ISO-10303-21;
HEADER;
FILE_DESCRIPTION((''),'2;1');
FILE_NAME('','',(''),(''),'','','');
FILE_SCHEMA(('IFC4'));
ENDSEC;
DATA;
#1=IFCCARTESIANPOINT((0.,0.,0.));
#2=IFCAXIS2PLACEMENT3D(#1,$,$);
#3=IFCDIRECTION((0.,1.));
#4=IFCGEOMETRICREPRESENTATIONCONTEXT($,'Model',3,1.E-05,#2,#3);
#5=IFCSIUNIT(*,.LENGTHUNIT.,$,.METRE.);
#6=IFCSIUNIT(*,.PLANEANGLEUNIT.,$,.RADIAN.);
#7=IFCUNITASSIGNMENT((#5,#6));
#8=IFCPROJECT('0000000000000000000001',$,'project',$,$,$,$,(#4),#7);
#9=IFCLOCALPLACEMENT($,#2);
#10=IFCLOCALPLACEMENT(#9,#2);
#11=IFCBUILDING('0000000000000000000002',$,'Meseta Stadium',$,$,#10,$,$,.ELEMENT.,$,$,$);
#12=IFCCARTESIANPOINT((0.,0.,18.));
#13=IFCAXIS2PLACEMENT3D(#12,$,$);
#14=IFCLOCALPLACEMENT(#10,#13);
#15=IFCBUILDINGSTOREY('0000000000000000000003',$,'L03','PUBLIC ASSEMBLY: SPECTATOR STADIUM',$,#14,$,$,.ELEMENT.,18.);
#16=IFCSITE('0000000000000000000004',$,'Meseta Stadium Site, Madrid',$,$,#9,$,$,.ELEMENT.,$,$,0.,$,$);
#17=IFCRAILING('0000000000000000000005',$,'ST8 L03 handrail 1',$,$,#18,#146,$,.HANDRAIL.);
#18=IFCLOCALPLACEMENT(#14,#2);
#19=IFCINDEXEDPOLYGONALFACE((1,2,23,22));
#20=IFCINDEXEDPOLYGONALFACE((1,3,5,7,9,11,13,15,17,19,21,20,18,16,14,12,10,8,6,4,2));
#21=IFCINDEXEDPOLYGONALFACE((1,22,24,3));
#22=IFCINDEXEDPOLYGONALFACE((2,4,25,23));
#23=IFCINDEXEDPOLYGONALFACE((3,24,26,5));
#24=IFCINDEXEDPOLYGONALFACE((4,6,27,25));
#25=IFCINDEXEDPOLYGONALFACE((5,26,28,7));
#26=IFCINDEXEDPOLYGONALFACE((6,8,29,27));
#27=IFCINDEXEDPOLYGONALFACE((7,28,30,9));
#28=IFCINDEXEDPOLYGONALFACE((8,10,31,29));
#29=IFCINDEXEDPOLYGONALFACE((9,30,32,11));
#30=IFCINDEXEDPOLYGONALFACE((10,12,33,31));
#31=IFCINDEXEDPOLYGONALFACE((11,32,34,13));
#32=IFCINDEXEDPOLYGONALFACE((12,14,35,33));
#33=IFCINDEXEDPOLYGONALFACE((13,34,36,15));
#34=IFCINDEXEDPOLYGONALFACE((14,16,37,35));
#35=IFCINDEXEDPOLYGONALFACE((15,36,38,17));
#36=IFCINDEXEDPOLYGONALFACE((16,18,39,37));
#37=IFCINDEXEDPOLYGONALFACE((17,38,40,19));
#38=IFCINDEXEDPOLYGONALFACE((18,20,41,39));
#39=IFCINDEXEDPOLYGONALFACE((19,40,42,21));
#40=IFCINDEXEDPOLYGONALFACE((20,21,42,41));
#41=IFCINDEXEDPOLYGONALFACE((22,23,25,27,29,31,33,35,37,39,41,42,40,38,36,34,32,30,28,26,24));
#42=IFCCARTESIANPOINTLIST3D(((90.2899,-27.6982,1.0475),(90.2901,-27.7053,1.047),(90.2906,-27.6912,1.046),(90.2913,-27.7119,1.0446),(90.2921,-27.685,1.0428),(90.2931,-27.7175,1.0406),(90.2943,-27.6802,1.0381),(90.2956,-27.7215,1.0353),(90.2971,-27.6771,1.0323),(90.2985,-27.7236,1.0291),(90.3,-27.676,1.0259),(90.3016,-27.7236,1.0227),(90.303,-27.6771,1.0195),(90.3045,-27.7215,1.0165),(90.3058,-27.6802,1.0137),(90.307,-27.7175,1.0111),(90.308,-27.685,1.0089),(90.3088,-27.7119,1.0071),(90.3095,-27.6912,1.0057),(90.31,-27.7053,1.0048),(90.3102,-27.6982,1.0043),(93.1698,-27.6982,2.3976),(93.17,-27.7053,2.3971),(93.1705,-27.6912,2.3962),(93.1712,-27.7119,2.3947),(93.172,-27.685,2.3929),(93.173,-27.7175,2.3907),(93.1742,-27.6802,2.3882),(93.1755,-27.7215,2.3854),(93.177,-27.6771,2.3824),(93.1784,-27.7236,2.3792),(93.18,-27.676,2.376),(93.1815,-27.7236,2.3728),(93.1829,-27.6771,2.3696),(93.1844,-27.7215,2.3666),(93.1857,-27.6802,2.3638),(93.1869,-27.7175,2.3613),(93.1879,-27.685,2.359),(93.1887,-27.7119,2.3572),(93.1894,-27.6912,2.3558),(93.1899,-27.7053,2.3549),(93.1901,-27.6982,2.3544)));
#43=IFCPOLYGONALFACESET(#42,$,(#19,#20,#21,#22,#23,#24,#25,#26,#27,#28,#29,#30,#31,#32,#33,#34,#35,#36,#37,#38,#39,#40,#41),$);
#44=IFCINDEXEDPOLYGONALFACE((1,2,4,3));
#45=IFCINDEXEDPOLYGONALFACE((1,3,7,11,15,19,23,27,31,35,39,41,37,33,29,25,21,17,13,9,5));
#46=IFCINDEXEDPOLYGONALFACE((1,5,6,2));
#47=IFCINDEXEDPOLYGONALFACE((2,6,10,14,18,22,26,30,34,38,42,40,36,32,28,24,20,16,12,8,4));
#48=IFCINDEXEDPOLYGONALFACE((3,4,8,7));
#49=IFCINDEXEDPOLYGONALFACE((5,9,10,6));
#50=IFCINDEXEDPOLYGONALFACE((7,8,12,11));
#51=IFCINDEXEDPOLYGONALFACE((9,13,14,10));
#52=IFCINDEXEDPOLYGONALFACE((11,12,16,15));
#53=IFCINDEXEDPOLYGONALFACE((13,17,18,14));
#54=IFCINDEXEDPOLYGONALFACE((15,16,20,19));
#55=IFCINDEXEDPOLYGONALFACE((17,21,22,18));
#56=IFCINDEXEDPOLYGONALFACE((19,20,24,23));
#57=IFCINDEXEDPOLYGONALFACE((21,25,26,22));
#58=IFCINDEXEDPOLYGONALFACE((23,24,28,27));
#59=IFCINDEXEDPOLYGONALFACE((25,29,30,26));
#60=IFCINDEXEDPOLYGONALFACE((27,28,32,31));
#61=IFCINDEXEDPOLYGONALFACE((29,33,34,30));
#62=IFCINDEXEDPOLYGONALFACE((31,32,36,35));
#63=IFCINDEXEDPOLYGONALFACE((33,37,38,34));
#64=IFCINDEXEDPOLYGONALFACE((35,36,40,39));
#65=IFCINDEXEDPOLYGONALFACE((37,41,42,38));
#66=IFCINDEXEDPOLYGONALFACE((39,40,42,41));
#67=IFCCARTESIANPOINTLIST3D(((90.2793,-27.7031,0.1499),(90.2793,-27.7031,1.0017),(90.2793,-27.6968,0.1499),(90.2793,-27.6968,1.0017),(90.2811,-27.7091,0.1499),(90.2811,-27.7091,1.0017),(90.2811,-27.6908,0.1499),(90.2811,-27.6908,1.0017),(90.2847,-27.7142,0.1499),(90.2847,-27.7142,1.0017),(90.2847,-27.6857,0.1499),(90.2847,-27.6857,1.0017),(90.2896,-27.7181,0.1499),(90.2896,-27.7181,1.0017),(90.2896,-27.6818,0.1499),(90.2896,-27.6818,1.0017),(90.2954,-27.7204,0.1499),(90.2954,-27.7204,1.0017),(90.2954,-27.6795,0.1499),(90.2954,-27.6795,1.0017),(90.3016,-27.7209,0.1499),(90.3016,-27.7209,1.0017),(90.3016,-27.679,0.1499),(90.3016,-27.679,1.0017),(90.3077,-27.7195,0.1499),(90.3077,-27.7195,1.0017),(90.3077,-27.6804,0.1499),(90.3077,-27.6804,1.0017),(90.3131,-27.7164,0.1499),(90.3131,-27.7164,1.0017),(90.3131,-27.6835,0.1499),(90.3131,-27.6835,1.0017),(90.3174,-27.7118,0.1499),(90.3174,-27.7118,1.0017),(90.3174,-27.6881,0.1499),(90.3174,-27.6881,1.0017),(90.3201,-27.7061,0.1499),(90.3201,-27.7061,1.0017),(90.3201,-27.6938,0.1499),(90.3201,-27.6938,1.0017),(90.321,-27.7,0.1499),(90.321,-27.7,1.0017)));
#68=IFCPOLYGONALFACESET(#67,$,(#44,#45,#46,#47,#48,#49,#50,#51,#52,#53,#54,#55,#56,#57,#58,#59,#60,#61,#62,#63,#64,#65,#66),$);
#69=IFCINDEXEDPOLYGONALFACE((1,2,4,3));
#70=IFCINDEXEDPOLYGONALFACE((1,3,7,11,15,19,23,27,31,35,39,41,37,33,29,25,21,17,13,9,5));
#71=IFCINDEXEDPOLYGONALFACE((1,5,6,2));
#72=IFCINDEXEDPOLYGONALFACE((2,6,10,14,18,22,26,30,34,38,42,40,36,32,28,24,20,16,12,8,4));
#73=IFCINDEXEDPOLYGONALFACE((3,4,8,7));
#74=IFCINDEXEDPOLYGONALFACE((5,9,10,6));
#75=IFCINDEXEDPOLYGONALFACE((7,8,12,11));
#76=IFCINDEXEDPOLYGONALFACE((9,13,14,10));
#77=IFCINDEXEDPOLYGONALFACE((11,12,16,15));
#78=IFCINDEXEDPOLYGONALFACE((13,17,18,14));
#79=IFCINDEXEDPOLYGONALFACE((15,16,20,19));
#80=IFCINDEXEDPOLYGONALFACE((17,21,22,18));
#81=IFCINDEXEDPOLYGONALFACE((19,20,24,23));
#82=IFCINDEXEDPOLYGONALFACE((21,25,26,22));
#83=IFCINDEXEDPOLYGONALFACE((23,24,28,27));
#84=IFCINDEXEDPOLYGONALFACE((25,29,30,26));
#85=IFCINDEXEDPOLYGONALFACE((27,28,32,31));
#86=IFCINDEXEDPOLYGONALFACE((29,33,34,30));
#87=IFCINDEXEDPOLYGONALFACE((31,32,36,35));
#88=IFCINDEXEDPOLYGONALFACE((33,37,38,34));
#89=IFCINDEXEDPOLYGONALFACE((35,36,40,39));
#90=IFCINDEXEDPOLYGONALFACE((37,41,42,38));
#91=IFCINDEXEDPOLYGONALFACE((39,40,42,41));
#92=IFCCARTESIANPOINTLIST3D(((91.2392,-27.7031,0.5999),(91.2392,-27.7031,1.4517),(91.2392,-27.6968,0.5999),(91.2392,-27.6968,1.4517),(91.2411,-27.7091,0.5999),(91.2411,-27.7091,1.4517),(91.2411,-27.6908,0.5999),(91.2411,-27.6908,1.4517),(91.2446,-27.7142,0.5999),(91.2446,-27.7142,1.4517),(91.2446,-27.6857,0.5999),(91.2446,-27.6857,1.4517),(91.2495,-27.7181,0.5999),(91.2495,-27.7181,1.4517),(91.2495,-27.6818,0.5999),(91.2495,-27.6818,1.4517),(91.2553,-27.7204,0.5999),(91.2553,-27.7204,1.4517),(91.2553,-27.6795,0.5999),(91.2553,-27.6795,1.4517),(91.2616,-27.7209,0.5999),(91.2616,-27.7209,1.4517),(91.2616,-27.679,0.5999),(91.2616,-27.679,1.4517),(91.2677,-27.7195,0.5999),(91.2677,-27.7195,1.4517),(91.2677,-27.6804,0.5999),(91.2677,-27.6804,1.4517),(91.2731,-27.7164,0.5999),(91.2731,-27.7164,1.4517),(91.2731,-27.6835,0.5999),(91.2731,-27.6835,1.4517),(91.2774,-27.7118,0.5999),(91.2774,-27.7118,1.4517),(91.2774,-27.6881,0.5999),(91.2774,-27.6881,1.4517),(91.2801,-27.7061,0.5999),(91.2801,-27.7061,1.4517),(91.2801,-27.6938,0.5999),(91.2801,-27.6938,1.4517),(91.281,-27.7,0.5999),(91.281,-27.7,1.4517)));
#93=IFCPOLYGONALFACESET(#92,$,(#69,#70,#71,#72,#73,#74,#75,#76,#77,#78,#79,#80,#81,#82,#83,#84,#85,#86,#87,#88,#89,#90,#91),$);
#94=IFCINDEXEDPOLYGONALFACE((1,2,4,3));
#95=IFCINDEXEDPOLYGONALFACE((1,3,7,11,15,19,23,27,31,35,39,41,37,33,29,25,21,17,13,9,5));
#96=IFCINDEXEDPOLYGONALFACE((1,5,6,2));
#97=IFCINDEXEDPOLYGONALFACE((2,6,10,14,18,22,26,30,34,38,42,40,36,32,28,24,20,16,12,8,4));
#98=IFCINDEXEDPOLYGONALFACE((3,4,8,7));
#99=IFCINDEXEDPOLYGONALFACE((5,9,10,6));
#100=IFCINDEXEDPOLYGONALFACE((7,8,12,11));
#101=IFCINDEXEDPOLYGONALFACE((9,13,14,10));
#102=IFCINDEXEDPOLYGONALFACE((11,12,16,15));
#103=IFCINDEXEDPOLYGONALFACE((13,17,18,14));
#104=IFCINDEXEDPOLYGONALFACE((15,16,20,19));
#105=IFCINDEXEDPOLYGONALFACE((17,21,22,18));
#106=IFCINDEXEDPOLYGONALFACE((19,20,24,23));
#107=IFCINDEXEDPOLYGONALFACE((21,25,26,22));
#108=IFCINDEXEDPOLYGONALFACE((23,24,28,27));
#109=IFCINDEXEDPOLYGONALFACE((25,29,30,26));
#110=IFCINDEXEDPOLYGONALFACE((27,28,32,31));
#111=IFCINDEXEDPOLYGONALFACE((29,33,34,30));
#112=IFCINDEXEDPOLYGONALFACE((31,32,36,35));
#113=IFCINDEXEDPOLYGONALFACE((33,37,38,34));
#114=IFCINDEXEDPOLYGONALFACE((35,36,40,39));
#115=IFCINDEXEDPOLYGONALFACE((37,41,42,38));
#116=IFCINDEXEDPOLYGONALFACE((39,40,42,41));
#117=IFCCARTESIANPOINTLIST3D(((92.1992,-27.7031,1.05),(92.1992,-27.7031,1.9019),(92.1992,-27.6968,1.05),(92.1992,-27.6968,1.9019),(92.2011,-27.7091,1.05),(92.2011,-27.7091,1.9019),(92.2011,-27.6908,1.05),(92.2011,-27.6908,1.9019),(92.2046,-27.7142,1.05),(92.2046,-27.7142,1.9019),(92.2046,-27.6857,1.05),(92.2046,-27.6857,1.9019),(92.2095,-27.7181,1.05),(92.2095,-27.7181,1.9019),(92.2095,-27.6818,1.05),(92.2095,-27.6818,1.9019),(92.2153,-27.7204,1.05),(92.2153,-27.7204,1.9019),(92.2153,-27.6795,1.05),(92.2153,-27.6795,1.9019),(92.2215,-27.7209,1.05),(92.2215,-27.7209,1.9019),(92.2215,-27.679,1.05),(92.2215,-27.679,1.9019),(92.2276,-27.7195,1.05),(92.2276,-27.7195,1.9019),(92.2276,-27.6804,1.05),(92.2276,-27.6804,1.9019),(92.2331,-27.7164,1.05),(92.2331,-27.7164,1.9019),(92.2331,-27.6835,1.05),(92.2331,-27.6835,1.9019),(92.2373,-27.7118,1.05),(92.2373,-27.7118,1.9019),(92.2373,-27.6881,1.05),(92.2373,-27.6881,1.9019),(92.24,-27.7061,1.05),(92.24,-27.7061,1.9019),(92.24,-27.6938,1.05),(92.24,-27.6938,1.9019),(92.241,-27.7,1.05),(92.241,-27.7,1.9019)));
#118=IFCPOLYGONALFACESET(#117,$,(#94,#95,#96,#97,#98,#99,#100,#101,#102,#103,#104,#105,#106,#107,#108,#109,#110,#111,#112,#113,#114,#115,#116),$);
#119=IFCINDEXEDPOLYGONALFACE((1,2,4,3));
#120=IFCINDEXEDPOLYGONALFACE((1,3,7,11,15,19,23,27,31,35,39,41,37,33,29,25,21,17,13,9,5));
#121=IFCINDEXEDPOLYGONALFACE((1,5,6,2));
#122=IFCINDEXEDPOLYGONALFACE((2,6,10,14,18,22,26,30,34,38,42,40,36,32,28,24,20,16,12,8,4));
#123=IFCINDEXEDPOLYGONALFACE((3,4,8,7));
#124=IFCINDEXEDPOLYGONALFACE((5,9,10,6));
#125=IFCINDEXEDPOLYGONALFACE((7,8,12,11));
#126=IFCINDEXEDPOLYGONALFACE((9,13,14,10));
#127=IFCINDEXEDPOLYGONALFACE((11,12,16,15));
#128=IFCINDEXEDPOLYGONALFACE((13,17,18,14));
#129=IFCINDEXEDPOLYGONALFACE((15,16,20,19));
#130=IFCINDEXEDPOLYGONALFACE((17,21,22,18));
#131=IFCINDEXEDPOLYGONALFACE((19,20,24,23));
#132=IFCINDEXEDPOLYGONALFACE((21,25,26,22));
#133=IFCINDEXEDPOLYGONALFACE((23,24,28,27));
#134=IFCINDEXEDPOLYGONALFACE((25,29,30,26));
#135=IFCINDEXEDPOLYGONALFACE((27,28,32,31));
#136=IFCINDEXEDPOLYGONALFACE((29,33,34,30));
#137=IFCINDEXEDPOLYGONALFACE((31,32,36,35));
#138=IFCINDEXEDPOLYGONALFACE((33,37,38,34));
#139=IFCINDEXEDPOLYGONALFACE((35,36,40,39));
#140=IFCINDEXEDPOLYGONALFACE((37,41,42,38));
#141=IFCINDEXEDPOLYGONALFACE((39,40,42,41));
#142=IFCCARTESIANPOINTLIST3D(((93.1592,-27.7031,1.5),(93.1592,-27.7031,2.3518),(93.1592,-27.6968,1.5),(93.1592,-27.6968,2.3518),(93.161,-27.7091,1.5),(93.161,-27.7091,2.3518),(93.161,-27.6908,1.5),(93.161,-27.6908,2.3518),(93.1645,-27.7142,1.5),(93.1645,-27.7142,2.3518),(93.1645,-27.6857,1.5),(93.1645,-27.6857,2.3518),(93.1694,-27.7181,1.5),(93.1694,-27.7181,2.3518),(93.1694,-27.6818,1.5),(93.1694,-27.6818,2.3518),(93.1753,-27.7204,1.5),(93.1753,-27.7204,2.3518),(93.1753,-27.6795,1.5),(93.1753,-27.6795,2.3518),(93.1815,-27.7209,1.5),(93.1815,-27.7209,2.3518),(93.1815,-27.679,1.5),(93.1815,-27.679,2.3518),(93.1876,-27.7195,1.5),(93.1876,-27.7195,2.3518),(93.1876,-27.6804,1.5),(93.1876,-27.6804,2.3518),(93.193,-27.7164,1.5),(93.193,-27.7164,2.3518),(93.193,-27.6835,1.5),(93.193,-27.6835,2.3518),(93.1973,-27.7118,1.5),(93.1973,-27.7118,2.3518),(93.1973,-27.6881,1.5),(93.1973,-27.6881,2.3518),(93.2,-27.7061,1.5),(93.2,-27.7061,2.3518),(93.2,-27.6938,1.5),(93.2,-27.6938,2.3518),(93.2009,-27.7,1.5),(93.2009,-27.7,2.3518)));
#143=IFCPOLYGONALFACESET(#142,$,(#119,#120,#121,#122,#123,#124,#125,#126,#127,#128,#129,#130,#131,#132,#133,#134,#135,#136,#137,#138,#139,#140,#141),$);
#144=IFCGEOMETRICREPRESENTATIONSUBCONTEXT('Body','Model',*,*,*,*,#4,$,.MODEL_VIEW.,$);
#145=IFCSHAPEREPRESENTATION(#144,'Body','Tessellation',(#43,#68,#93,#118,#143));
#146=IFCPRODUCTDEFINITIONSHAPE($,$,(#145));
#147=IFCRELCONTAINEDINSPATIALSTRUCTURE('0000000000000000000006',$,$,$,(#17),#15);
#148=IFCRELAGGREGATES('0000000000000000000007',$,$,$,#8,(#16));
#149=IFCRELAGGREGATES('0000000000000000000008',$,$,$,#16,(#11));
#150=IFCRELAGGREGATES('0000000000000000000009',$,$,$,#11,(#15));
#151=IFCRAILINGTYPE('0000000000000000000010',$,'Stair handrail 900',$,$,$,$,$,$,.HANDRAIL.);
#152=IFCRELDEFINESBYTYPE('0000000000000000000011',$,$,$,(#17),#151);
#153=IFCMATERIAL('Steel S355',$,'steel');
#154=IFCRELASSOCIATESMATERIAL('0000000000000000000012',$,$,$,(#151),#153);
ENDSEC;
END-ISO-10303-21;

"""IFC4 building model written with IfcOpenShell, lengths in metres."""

from ifc_helpers import new_model, si_unit, direction, frame, origin, origin_2d, place, context, subcontext, project, spatial, circle, extrude, material, type_object, element, save


model = new_model("IFC4")

# Units and contexts
model_context = context("Model", 3, precision=1e-05, world=origin(), true_north=direction((0.0, 1.0)))
body_context = subcontext(model_context, "Body", "Model", "MODEL_VIEW")
ifc_project = project(units=[si_unit("LENGTHUNIT", "METRE"), si_unit("PLANEANGLEUNIT", "RADIAN")], contexts=[model_context])

# Site, building, storey
site_placement = place(None, origin())
site = spatial("IfcSite", under=ifc_project, at=site_placement, Name="Meseta Stadium Site, Madrid", CompositionType="ELEMENT", RefElevation=0.0)
building_placement = place(site_placement, origin())
building = spatial("IfcBuilding", under=site, at=building_placement, Name="Meseta Stadium", CompositionType="ELEMENT")
storey_placement = place(building_placement, frame((0.0, 0.0, 18.0)))
storey = spatial("IfcBuildingStorey", under=building, at=storey_placement, Name="L03", Description="PUBLIC ASSEMBLY: SPECTATOR STADIUM", CompositionType="ELEMENT", Elevation=18.0)

# Railing
ifc_material_1 = material(Name="Steel S355", Category="steel")
railing_type_1 = type_object("IfcRailingType", Name="Stair handrail 900", PredefinedType="HANDRAIL", material=ifc_material_1)
for number, where, name in (
    (1, (90.3, -27.7, 0.1499), "ST8 L03 handrail 1"),
):
    element("IfcRailing", number, at=place(storey_placement, frame(where)), inside=storey, type_object=railing_type_1, Name=name, PredefinedType="HANDRAIL", context=body_context, shape_type="SweptSolid", body=[
        extrude(circle(Radius=0.0239, at=origin_2d()), frame((0.0, 0.0, 0.876), z_axis=(0.90544, 0.0, 0.424473), x_axis=(0.0, 1.0, 0.0)), (0.0, 0.0, 1.0), 3.1807),
        extrude(circle(Radius=0.021, at=origin_2d()), origin(), (0.0, 0.0, 1.0), 0.8518),
        extrude(circle(Radius=0.021, at=origin_2d()), frame((0.96, 0.0, 0.45)), (0.0, 0.0, 1.0), 0.8518),
        extrude(circle(Radius=0.021, at=origin_2d()), frame((1.9199, 0.0, 0.9001)), (0.0, 0.0, 1.0), 0.8518),
        extrude(circle(Radius=0.021, at=origin_2d()), frame((2.8799, 0.0, 1.3501)), (0.0, 0.0, 1.0), 0.8518),
    ])

save(model, "model.ifc")
